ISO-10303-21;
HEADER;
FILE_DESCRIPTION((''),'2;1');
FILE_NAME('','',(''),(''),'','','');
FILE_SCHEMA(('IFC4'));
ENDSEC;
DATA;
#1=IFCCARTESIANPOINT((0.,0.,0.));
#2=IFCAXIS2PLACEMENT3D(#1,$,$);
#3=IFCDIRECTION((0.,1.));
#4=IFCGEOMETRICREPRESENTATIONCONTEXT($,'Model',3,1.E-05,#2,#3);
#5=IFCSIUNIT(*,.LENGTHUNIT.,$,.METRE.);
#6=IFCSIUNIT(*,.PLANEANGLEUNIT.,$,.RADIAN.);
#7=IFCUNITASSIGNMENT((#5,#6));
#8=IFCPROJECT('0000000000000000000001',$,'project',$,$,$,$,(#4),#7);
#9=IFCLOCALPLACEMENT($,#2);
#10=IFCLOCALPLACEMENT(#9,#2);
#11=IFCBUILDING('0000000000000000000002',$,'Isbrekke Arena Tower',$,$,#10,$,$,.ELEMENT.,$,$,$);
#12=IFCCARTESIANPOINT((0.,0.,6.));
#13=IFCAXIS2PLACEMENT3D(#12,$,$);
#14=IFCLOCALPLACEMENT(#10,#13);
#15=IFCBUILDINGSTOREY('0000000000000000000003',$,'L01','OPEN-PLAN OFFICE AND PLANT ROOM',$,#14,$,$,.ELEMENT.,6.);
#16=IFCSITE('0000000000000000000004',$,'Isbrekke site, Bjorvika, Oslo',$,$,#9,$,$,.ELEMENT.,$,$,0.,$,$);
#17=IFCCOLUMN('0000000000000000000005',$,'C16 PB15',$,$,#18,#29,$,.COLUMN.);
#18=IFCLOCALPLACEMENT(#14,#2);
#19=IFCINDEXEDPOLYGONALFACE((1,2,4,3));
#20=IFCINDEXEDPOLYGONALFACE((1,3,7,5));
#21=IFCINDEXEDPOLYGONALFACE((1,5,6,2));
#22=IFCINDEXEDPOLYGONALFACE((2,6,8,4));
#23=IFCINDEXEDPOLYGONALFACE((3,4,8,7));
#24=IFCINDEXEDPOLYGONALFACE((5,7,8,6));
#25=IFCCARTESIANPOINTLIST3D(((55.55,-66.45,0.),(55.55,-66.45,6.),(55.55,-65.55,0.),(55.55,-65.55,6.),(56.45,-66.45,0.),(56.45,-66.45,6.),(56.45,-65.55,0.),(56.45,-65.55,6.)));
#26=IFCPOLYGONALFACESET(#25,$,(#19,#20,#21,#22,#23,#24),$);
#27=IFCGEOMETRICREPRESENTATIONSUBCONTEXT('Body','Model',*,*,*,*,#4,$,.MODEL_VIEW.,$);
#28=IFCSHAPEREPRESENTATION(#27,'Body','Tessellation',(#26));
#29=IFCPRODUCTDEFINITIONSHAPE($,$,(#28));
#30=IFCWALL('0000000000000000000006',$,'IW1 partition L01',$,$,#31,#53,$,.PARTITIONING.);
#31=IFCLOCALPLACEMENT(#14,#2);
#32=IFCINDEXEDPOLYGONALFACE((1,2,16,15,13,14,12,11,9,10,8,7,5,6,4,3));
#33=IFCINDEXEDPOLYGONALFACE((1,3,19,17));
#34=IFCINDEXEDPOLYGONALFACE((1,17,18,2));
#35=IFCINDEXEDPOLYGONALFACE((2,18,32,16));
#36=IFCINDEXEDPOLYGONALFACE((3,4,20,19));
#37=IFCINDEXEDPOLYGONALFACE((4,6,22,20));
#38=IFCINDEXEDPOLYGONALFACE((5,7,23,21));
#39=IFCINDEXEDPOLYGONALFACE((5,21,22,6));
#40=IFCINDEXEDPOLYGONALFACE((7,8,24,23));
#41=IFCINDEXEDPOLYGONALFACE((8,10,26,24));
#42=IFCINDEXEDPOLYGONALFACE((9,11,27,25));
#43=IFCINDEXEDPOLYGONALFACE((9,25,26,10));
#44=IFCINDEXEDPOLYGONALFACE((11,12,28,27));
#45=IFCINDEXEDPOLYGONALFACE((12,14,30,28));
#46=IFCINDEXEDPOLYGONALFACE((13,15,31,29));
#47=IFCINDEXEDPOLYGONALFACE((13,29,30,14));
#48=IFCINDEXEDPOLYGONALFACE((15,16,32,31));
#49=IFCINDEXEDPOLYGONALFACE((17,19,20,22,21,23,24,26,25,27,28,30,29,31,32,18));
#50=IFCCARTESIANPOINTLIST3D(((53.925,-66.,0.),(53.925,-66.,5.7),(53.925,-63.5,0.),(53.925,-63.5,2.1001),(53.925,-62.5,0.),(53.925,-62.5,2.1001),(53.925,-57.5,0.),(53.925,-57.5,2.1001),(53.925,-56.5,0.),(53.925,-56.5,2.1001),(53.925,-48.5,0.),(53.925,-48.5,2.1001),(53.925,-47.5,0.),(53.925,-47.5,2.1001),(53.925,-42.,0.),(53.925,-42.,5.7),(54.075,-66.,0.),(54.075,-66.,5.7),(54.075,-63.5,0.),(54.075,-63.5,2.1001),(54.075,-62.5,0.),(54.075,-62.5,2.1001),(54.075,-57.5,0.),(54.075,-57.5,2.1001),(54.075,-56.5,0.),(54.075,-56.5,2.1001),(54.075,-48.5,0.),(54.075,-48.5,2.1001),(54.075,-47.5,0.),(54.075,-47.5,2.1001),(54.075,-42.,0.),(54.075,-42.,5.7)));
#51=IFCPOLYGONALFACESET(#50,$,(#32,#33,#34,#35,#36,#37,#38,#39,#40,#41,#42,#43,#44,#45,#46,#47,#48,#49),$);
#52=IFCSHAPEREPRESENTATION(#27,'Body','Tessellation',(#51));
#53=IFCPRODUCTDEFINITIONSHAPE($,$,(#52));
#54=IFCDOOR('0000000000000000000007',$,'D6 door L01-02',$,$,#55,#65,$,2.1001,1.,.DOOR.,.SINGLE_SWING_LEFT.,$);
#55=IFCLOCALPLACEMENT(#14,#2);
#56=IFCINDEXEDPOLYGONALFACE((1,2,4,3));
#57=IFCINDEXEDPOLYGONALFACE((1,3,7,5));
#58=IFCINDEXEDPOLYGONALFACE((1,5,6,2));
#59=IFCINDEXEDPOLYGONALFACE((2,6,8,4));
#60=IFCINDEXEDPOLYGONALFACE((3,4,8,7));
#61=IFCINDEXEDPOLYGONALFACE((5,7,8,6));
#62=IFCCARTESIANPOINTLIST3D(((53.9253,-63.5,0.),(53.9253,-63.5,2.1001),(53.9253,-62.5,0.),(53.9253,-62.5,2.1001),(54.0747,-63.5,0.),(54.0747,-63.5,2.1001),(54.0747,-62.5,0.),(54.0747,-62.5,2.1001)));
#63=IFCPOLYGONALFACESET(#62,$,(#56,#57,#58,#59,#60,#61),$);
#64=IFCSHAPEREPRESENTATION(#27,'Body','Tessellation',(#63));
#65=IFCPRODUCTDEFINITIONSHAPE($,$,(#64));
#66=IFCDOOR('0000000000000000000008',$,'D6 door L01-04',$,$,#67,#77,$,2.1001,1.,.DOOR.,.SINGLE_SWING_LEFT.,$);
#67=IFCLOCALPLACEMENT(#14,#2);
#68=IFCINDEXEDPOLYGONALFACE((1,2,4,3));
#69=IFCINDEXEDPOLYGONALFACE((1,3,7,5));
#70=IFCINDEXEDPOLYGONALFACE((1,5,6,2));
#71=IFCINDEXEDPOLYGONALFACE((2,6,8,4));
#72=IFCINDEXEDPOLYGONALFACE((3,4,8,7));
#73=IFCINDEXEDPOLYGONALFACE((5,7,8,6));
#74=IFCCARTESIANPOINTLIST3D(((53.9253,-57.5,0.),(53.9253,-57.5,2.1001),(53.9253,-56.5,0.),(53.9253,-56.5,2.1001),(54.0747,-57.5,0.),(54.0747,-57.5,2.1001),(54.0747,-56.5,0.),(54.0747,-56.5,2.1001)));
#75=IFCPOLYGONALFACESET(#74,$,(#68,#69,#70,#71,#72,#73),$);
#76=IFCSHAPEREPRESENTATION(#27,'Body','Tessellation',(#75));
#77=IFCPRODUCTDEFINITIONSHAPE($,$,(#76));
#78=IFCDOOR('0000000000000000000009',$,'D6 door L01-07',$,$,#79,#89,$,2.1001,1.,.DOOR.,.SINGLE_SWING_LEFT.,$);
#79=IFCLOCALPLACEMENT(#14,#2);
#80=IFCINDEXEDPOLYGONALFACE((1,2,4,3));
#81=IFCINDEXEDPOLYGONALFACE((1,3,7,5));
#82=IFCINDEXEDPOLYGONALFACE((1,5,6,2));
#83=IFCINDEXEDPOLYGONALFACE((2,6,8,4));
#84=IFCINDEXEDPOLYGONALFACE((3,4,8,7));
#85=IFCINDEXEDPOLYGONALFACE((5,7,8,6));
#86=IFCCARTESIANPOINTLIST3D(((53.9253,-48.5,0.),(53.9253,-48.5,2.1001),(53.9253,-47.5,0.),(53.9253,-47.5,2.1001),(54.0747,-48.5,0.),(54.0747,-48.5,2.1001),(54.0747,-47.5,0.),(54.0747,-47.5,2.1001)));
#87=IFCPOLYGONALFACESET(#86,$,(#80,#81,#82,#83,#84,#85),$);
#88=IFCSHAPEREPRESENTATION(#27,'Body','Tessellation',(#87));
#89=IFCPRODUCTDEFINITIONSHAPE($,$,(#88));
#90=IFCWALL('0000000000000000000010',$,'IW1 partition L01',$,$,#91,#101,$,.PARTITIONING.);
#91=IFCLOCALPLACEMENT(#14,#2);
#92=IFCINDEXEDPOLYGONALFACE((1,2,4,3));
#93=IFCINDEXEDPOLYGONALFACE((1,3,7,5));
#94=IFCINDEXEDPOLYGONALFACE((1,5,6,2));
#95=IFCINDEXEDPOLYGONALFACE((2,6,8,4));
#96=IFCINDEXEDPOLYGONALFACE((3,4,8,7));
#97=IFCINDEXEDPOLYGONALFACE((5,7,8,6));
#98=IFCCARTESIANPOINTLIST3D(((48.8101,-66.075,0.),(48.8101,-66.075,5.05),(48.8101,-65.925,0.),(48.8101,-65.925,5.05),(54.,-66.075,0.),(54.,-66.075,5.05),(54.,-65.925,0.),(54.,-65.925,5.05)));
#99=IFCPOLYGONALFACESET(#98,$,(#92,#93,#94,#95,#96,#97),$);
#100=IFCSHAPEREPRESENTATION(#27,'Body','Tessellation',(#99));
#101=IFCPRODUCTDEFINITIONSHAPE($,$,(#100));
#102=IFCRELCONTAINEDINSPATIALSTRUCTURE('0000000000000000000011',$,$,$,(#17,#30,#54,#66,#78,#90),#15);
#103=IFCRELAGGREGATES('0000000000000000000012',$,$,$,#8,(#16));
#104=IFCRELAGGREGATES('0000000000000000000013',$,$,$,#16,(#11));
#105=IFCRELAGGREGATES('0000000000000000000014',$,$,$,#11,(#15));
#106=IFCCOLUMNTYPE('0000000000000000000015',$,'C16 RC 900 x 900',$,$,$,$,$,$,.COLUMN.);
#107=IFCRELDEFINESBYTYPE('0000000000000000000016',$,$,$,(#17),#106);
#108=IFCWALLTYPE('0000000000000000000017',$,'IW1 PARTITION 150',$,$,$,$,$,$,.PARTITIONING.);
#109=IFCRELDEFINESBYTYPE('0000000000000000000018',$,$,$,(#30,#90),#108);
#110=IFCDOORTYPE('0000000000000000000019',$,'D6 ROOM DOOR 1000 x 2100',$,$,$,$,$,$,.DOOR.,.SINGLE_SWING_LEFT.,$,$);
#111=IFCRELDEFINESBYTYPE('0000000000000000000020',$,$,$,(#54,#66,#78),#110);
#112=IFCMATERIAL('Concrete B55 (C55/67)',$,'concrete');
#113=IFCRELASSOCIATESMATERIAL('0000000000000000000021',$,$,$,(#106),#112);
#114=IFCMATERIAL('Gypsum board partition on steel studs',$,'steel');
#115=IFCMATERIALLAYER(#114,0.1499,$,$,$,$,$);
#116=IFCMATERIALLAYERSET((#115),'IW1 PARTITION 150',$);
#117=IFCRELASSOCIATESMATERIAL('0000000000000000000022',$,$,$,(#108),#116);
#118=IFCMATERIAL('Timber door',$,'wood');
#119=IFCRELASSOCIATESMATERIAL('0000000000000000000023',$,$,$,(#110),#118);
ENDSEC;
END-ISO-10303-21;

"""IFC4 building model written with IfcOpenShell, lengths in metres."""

from ifc_helpers import new_model, si_unit, direction, frame, frame_2d, origin, origin_2d, place, context, subcontext, project, spatial, rectangle, extrude, material, layer, layer_set, material_profile, profile_set, type_object, element, fill, save


model = new_model("IFC4")

# Units and contexts
model_context = context("Model", 3, precision=1e-05, world=origin(), true_north=direction((0.0, 1.0)))
body_context = subcontext(model_context, "Body", "Model", "MODEL_VIEW")
ifc_project = project(units=[si_unit("LENGTHUNIT", "METRE"), si_unit("PLANEANGLEUNIT", "RADIAN")], contexts=[model_context])

# Site, building, storey
site_placement = place(None, origin())
site = spatial("IfcSite", under=ifc_project, at=site_placement, Name="Isbrekke site, Bjorvika, Oslo", CompositionType="ELEMENT", RefElevation=0.0)
building_placement = place(site_placement, origin())
building = spatial("IfcBuilding", under=site, at=building_placement, Name="Isbrekke Arena Tower", CompositionType="ELEMENT")
storey_placement = place(building_placement, frame((0.0, 0.0, 6.0)))
storey = spatial("IfcBuildingStorey", under=building, at=storey_placement, Name="L01", Description="OPEN-PLAN OFFICE AND PLANT ROOM", CompositionType="ELEMENT", Elevation=6.0)

# Column
ifc_material_1 = material(Name="Concrete B55 (C55/67)", Category="concrete")
ifc_material_profile = material_profile(ifc_material_1, rectangle(XDim=0.8999, YDim=0.8999, at=origin_2d()), Name="RC 900x900")
ifc_profile_set = profile_set([ifc_material_profile], Name="Concrete B55 (C55/67)")
column_type = type_object("IfcColumnType", Name="C16 RC 900 x 900", PredefinedType="COLUMN", material=ifc_profile_set)
column_placement = place(storey_placement, frame((56.0, -66.0, 0.0), z_axis=(0.0, 0.0, 1.0), x_axis=(1.0, 0.0, 0.0)))
element("IfcColumn", 1, at=column_placement, inside=storey, type_object=column_type, Name="C16 PB15", PredefinedType="COLUMN", context=body_context, shape_type="SweptSolid", body=[
    extrude(rectangle(XDim=0.8999, YDim=0.8999, at=origin_2d()), origin(), (0.0, 0.0, 1.0), 6.0),
])

# Wall, openings, doors
ifc_material_2 = material(Name="Gypsum board partition on steel studs", Category="steel")
ifc_layer = layer(ifc_material_2, 0.1499)
ifc_layer_set = layer_set([ifc_layer], Name="IW1 PARTITION 150")
wall_type = type_object("IfcWallType", Name="IW1 PARTITION 150", PredefinedType="PARTITIONING", material=ifc_layer_set)
wall_1_placement = place(storey_placement, frame((54.0, -66.0, 0.0), z_axis=(0.0, 0.0, 1.0), x_axis=(0.0, 1.0, 0.0)))
wall_1 = element("IfcWall", 2, at=wall_1_placement, inside=storey, type_object=wall_type, Name="IW1 partition L01", PredefinedType="PARTITIONING", context=body_context, shape_type="SweptSolid", body=[
    extrude(rectangle(XDim=24.0, YDim=0.1499, at=frame_2d((12.0, 0.0))), origin(), (0.0, 0.0, 1.0), 5.7),
])
opening_1_placement = place(wall_1_placement, frame((2.5, 0.0, 0.0)))
opening_1 = element("IfcOpeningElement", 3, at=opening_1_placement, cuts=wall_1, PredefinedType="OPENING", context=body_context, shape_type="SweptSolid", body=[
    extrude(rectangle(XDim=1.0, YDim=2.1001, at=frame_2d((0.5, 1.05))), frame((0.0, 0.0898, 0.0), z_axis=(0.0, -1.0, 0.0), x_axis=(1.0, 0.0, 0.0)), (0.0, 0.0, 1.0), 0.1797),
])
opening_2_placement = place(wall_1_placement, frame((8.5, 0.0, 0.0)))
opening_2 = element("IfcOpeningElement", 4, at=opening_2_placement, cuts=wall_1, PredefinedType="OPENING", context=body_context, shape_type="SweptSolid", body=[
    extrude(rectangle(XDim=1.0, YDim=2.1001, at=frame_2d((0.5, 1.05))), frame((0.0, 0.0898, 0.0), z_axis=(0.0, -1.0, 0.0), x_axis=(1.0, 0.0, 0.0)), (0.0, 0.0, 1.0), 0.1797),
])
opening_3_placement = place(wall_1_placement, frame((17.5, 0.0, 0.0)))
opening_3 = element("IfcOpeningElement", 5, at=opening_3_placement, cuts=wall_1, PredefinedType="OPENING", context=body_context, shape_type="SweptSolid", body=[
    extrude(rectangle(XDim=1.0, YDim=2.1001, at=frame_2d((0.5, 1.05))), frame((0.0, 0.0898, 0.0), z_axis=(0.0, -1.0, 0.0), x_axis=(1.0, 0.0, 0.0)), (0.0, 0.0, 1.0), 0.1797),
])
ifc_material_3 = material(Name="Timber door", Category="wood")
door_type = type_object("IfcDoorType", Name="D6 ROOM DOOR 1000 x 2100", OperationType="SINGLE_SWING_LEFT", PredefinedType="DOOR", material=ifc_material_3)
door_1_placement = place(opening_1_placement, origin())
door_1 = element("IfcDoor", 6, at=door_1_placement, inside=storey, type_object=door_type, Name="D6 door L01-02", OperationType="SINGLE_SWING_LEFT", OverallHeight=2.1001, OverallWidth=1.0, PredefinedType="DOOR", context=body_context, shape_type="SweptSolid", body=[
    extrude(rectangle(XDim=1.0, YDim=2.1001, at=frame_2d((0.5, 1.05))), frame((0.0, 0.0747, 0.0), z_axis=(0.0, -1.0, 0.0), x_axis=(1.0, 0.0, 0.0)), (0.0, 0.0, 1.0), 0.1494),
])
fill(opening_1, door_1)
door_2_placement = place(opening_2_placement, origin())
door_2 = element("IfcDoor", 7, at=door_2_placement, inside=storey, type_object=door_type, Name="D6 door L01-04", OperationType="SINGLE_SWING_LEFT", OverallHeight=2.1001, OverallWidth=1.0, PredefinedType="DOOR", context=body_context, shape_type="SweptSolid", body=[
    extrude(rectangle(XDim=1.0, YDim=2.1001, at=frame_2d((0.5, 1.05))), frame((0.0, 0.0747, 0.0), z_axis=(0.0, -1.0, 0.0), x_axis=(1.0, 0.0, 0.0)), (0.0, 0.0, 1.0), 0.1494),
])
fill(opening_2, door_2)
door_3_placement = place(opening_3_placement, origin())
door_3 = element("IfcDoor", 8, at=door_3_placement, inside=storey, type_object=door_type, Name="D6 door L01-07", OperationType="SINGLE_SWING_LEFT", OverallHeight=2.1001, OverallWidth=1.0, PredefinedType="DOOR", context=body_context, shape_type="SweptSolid", body=[
    extrude(rectangle(XDim=1.0, YDim=2.1001, at=frame_2d((0.5, 1.05))), frame((0.0, 0.0747, 0.0), z_axis=(0.0, -1.0, 0.0), x_axis=(1.0, 0.0, 0.0)), (0.0, 0.0, 1.0), 0.1494),
])
fill(opening_3, door_3)

# Wall
wall_2_placement = place(storey_placement, frame((48.8101, -66.0, 0.0), z_axis=(0.0, 0.0, 1.0), x_axis=(1.0, 0.0, 0.0)))
element("IfcWall", 9, at=wall_2_placement, inside=storey, type_object=wall_type, Name="IW1 partition L01", PredefinedType="PARTITIONING", context=body_context, shape_type="SweptSolid", body=[
    extrude(rectangle(XDim=5.1899, YDim=0.1499, at=frame_2d((2.595, 0.0))), origin(), (0.0, 0.0, 1.0), 5.05),
])

save(model, "model.ifc")
